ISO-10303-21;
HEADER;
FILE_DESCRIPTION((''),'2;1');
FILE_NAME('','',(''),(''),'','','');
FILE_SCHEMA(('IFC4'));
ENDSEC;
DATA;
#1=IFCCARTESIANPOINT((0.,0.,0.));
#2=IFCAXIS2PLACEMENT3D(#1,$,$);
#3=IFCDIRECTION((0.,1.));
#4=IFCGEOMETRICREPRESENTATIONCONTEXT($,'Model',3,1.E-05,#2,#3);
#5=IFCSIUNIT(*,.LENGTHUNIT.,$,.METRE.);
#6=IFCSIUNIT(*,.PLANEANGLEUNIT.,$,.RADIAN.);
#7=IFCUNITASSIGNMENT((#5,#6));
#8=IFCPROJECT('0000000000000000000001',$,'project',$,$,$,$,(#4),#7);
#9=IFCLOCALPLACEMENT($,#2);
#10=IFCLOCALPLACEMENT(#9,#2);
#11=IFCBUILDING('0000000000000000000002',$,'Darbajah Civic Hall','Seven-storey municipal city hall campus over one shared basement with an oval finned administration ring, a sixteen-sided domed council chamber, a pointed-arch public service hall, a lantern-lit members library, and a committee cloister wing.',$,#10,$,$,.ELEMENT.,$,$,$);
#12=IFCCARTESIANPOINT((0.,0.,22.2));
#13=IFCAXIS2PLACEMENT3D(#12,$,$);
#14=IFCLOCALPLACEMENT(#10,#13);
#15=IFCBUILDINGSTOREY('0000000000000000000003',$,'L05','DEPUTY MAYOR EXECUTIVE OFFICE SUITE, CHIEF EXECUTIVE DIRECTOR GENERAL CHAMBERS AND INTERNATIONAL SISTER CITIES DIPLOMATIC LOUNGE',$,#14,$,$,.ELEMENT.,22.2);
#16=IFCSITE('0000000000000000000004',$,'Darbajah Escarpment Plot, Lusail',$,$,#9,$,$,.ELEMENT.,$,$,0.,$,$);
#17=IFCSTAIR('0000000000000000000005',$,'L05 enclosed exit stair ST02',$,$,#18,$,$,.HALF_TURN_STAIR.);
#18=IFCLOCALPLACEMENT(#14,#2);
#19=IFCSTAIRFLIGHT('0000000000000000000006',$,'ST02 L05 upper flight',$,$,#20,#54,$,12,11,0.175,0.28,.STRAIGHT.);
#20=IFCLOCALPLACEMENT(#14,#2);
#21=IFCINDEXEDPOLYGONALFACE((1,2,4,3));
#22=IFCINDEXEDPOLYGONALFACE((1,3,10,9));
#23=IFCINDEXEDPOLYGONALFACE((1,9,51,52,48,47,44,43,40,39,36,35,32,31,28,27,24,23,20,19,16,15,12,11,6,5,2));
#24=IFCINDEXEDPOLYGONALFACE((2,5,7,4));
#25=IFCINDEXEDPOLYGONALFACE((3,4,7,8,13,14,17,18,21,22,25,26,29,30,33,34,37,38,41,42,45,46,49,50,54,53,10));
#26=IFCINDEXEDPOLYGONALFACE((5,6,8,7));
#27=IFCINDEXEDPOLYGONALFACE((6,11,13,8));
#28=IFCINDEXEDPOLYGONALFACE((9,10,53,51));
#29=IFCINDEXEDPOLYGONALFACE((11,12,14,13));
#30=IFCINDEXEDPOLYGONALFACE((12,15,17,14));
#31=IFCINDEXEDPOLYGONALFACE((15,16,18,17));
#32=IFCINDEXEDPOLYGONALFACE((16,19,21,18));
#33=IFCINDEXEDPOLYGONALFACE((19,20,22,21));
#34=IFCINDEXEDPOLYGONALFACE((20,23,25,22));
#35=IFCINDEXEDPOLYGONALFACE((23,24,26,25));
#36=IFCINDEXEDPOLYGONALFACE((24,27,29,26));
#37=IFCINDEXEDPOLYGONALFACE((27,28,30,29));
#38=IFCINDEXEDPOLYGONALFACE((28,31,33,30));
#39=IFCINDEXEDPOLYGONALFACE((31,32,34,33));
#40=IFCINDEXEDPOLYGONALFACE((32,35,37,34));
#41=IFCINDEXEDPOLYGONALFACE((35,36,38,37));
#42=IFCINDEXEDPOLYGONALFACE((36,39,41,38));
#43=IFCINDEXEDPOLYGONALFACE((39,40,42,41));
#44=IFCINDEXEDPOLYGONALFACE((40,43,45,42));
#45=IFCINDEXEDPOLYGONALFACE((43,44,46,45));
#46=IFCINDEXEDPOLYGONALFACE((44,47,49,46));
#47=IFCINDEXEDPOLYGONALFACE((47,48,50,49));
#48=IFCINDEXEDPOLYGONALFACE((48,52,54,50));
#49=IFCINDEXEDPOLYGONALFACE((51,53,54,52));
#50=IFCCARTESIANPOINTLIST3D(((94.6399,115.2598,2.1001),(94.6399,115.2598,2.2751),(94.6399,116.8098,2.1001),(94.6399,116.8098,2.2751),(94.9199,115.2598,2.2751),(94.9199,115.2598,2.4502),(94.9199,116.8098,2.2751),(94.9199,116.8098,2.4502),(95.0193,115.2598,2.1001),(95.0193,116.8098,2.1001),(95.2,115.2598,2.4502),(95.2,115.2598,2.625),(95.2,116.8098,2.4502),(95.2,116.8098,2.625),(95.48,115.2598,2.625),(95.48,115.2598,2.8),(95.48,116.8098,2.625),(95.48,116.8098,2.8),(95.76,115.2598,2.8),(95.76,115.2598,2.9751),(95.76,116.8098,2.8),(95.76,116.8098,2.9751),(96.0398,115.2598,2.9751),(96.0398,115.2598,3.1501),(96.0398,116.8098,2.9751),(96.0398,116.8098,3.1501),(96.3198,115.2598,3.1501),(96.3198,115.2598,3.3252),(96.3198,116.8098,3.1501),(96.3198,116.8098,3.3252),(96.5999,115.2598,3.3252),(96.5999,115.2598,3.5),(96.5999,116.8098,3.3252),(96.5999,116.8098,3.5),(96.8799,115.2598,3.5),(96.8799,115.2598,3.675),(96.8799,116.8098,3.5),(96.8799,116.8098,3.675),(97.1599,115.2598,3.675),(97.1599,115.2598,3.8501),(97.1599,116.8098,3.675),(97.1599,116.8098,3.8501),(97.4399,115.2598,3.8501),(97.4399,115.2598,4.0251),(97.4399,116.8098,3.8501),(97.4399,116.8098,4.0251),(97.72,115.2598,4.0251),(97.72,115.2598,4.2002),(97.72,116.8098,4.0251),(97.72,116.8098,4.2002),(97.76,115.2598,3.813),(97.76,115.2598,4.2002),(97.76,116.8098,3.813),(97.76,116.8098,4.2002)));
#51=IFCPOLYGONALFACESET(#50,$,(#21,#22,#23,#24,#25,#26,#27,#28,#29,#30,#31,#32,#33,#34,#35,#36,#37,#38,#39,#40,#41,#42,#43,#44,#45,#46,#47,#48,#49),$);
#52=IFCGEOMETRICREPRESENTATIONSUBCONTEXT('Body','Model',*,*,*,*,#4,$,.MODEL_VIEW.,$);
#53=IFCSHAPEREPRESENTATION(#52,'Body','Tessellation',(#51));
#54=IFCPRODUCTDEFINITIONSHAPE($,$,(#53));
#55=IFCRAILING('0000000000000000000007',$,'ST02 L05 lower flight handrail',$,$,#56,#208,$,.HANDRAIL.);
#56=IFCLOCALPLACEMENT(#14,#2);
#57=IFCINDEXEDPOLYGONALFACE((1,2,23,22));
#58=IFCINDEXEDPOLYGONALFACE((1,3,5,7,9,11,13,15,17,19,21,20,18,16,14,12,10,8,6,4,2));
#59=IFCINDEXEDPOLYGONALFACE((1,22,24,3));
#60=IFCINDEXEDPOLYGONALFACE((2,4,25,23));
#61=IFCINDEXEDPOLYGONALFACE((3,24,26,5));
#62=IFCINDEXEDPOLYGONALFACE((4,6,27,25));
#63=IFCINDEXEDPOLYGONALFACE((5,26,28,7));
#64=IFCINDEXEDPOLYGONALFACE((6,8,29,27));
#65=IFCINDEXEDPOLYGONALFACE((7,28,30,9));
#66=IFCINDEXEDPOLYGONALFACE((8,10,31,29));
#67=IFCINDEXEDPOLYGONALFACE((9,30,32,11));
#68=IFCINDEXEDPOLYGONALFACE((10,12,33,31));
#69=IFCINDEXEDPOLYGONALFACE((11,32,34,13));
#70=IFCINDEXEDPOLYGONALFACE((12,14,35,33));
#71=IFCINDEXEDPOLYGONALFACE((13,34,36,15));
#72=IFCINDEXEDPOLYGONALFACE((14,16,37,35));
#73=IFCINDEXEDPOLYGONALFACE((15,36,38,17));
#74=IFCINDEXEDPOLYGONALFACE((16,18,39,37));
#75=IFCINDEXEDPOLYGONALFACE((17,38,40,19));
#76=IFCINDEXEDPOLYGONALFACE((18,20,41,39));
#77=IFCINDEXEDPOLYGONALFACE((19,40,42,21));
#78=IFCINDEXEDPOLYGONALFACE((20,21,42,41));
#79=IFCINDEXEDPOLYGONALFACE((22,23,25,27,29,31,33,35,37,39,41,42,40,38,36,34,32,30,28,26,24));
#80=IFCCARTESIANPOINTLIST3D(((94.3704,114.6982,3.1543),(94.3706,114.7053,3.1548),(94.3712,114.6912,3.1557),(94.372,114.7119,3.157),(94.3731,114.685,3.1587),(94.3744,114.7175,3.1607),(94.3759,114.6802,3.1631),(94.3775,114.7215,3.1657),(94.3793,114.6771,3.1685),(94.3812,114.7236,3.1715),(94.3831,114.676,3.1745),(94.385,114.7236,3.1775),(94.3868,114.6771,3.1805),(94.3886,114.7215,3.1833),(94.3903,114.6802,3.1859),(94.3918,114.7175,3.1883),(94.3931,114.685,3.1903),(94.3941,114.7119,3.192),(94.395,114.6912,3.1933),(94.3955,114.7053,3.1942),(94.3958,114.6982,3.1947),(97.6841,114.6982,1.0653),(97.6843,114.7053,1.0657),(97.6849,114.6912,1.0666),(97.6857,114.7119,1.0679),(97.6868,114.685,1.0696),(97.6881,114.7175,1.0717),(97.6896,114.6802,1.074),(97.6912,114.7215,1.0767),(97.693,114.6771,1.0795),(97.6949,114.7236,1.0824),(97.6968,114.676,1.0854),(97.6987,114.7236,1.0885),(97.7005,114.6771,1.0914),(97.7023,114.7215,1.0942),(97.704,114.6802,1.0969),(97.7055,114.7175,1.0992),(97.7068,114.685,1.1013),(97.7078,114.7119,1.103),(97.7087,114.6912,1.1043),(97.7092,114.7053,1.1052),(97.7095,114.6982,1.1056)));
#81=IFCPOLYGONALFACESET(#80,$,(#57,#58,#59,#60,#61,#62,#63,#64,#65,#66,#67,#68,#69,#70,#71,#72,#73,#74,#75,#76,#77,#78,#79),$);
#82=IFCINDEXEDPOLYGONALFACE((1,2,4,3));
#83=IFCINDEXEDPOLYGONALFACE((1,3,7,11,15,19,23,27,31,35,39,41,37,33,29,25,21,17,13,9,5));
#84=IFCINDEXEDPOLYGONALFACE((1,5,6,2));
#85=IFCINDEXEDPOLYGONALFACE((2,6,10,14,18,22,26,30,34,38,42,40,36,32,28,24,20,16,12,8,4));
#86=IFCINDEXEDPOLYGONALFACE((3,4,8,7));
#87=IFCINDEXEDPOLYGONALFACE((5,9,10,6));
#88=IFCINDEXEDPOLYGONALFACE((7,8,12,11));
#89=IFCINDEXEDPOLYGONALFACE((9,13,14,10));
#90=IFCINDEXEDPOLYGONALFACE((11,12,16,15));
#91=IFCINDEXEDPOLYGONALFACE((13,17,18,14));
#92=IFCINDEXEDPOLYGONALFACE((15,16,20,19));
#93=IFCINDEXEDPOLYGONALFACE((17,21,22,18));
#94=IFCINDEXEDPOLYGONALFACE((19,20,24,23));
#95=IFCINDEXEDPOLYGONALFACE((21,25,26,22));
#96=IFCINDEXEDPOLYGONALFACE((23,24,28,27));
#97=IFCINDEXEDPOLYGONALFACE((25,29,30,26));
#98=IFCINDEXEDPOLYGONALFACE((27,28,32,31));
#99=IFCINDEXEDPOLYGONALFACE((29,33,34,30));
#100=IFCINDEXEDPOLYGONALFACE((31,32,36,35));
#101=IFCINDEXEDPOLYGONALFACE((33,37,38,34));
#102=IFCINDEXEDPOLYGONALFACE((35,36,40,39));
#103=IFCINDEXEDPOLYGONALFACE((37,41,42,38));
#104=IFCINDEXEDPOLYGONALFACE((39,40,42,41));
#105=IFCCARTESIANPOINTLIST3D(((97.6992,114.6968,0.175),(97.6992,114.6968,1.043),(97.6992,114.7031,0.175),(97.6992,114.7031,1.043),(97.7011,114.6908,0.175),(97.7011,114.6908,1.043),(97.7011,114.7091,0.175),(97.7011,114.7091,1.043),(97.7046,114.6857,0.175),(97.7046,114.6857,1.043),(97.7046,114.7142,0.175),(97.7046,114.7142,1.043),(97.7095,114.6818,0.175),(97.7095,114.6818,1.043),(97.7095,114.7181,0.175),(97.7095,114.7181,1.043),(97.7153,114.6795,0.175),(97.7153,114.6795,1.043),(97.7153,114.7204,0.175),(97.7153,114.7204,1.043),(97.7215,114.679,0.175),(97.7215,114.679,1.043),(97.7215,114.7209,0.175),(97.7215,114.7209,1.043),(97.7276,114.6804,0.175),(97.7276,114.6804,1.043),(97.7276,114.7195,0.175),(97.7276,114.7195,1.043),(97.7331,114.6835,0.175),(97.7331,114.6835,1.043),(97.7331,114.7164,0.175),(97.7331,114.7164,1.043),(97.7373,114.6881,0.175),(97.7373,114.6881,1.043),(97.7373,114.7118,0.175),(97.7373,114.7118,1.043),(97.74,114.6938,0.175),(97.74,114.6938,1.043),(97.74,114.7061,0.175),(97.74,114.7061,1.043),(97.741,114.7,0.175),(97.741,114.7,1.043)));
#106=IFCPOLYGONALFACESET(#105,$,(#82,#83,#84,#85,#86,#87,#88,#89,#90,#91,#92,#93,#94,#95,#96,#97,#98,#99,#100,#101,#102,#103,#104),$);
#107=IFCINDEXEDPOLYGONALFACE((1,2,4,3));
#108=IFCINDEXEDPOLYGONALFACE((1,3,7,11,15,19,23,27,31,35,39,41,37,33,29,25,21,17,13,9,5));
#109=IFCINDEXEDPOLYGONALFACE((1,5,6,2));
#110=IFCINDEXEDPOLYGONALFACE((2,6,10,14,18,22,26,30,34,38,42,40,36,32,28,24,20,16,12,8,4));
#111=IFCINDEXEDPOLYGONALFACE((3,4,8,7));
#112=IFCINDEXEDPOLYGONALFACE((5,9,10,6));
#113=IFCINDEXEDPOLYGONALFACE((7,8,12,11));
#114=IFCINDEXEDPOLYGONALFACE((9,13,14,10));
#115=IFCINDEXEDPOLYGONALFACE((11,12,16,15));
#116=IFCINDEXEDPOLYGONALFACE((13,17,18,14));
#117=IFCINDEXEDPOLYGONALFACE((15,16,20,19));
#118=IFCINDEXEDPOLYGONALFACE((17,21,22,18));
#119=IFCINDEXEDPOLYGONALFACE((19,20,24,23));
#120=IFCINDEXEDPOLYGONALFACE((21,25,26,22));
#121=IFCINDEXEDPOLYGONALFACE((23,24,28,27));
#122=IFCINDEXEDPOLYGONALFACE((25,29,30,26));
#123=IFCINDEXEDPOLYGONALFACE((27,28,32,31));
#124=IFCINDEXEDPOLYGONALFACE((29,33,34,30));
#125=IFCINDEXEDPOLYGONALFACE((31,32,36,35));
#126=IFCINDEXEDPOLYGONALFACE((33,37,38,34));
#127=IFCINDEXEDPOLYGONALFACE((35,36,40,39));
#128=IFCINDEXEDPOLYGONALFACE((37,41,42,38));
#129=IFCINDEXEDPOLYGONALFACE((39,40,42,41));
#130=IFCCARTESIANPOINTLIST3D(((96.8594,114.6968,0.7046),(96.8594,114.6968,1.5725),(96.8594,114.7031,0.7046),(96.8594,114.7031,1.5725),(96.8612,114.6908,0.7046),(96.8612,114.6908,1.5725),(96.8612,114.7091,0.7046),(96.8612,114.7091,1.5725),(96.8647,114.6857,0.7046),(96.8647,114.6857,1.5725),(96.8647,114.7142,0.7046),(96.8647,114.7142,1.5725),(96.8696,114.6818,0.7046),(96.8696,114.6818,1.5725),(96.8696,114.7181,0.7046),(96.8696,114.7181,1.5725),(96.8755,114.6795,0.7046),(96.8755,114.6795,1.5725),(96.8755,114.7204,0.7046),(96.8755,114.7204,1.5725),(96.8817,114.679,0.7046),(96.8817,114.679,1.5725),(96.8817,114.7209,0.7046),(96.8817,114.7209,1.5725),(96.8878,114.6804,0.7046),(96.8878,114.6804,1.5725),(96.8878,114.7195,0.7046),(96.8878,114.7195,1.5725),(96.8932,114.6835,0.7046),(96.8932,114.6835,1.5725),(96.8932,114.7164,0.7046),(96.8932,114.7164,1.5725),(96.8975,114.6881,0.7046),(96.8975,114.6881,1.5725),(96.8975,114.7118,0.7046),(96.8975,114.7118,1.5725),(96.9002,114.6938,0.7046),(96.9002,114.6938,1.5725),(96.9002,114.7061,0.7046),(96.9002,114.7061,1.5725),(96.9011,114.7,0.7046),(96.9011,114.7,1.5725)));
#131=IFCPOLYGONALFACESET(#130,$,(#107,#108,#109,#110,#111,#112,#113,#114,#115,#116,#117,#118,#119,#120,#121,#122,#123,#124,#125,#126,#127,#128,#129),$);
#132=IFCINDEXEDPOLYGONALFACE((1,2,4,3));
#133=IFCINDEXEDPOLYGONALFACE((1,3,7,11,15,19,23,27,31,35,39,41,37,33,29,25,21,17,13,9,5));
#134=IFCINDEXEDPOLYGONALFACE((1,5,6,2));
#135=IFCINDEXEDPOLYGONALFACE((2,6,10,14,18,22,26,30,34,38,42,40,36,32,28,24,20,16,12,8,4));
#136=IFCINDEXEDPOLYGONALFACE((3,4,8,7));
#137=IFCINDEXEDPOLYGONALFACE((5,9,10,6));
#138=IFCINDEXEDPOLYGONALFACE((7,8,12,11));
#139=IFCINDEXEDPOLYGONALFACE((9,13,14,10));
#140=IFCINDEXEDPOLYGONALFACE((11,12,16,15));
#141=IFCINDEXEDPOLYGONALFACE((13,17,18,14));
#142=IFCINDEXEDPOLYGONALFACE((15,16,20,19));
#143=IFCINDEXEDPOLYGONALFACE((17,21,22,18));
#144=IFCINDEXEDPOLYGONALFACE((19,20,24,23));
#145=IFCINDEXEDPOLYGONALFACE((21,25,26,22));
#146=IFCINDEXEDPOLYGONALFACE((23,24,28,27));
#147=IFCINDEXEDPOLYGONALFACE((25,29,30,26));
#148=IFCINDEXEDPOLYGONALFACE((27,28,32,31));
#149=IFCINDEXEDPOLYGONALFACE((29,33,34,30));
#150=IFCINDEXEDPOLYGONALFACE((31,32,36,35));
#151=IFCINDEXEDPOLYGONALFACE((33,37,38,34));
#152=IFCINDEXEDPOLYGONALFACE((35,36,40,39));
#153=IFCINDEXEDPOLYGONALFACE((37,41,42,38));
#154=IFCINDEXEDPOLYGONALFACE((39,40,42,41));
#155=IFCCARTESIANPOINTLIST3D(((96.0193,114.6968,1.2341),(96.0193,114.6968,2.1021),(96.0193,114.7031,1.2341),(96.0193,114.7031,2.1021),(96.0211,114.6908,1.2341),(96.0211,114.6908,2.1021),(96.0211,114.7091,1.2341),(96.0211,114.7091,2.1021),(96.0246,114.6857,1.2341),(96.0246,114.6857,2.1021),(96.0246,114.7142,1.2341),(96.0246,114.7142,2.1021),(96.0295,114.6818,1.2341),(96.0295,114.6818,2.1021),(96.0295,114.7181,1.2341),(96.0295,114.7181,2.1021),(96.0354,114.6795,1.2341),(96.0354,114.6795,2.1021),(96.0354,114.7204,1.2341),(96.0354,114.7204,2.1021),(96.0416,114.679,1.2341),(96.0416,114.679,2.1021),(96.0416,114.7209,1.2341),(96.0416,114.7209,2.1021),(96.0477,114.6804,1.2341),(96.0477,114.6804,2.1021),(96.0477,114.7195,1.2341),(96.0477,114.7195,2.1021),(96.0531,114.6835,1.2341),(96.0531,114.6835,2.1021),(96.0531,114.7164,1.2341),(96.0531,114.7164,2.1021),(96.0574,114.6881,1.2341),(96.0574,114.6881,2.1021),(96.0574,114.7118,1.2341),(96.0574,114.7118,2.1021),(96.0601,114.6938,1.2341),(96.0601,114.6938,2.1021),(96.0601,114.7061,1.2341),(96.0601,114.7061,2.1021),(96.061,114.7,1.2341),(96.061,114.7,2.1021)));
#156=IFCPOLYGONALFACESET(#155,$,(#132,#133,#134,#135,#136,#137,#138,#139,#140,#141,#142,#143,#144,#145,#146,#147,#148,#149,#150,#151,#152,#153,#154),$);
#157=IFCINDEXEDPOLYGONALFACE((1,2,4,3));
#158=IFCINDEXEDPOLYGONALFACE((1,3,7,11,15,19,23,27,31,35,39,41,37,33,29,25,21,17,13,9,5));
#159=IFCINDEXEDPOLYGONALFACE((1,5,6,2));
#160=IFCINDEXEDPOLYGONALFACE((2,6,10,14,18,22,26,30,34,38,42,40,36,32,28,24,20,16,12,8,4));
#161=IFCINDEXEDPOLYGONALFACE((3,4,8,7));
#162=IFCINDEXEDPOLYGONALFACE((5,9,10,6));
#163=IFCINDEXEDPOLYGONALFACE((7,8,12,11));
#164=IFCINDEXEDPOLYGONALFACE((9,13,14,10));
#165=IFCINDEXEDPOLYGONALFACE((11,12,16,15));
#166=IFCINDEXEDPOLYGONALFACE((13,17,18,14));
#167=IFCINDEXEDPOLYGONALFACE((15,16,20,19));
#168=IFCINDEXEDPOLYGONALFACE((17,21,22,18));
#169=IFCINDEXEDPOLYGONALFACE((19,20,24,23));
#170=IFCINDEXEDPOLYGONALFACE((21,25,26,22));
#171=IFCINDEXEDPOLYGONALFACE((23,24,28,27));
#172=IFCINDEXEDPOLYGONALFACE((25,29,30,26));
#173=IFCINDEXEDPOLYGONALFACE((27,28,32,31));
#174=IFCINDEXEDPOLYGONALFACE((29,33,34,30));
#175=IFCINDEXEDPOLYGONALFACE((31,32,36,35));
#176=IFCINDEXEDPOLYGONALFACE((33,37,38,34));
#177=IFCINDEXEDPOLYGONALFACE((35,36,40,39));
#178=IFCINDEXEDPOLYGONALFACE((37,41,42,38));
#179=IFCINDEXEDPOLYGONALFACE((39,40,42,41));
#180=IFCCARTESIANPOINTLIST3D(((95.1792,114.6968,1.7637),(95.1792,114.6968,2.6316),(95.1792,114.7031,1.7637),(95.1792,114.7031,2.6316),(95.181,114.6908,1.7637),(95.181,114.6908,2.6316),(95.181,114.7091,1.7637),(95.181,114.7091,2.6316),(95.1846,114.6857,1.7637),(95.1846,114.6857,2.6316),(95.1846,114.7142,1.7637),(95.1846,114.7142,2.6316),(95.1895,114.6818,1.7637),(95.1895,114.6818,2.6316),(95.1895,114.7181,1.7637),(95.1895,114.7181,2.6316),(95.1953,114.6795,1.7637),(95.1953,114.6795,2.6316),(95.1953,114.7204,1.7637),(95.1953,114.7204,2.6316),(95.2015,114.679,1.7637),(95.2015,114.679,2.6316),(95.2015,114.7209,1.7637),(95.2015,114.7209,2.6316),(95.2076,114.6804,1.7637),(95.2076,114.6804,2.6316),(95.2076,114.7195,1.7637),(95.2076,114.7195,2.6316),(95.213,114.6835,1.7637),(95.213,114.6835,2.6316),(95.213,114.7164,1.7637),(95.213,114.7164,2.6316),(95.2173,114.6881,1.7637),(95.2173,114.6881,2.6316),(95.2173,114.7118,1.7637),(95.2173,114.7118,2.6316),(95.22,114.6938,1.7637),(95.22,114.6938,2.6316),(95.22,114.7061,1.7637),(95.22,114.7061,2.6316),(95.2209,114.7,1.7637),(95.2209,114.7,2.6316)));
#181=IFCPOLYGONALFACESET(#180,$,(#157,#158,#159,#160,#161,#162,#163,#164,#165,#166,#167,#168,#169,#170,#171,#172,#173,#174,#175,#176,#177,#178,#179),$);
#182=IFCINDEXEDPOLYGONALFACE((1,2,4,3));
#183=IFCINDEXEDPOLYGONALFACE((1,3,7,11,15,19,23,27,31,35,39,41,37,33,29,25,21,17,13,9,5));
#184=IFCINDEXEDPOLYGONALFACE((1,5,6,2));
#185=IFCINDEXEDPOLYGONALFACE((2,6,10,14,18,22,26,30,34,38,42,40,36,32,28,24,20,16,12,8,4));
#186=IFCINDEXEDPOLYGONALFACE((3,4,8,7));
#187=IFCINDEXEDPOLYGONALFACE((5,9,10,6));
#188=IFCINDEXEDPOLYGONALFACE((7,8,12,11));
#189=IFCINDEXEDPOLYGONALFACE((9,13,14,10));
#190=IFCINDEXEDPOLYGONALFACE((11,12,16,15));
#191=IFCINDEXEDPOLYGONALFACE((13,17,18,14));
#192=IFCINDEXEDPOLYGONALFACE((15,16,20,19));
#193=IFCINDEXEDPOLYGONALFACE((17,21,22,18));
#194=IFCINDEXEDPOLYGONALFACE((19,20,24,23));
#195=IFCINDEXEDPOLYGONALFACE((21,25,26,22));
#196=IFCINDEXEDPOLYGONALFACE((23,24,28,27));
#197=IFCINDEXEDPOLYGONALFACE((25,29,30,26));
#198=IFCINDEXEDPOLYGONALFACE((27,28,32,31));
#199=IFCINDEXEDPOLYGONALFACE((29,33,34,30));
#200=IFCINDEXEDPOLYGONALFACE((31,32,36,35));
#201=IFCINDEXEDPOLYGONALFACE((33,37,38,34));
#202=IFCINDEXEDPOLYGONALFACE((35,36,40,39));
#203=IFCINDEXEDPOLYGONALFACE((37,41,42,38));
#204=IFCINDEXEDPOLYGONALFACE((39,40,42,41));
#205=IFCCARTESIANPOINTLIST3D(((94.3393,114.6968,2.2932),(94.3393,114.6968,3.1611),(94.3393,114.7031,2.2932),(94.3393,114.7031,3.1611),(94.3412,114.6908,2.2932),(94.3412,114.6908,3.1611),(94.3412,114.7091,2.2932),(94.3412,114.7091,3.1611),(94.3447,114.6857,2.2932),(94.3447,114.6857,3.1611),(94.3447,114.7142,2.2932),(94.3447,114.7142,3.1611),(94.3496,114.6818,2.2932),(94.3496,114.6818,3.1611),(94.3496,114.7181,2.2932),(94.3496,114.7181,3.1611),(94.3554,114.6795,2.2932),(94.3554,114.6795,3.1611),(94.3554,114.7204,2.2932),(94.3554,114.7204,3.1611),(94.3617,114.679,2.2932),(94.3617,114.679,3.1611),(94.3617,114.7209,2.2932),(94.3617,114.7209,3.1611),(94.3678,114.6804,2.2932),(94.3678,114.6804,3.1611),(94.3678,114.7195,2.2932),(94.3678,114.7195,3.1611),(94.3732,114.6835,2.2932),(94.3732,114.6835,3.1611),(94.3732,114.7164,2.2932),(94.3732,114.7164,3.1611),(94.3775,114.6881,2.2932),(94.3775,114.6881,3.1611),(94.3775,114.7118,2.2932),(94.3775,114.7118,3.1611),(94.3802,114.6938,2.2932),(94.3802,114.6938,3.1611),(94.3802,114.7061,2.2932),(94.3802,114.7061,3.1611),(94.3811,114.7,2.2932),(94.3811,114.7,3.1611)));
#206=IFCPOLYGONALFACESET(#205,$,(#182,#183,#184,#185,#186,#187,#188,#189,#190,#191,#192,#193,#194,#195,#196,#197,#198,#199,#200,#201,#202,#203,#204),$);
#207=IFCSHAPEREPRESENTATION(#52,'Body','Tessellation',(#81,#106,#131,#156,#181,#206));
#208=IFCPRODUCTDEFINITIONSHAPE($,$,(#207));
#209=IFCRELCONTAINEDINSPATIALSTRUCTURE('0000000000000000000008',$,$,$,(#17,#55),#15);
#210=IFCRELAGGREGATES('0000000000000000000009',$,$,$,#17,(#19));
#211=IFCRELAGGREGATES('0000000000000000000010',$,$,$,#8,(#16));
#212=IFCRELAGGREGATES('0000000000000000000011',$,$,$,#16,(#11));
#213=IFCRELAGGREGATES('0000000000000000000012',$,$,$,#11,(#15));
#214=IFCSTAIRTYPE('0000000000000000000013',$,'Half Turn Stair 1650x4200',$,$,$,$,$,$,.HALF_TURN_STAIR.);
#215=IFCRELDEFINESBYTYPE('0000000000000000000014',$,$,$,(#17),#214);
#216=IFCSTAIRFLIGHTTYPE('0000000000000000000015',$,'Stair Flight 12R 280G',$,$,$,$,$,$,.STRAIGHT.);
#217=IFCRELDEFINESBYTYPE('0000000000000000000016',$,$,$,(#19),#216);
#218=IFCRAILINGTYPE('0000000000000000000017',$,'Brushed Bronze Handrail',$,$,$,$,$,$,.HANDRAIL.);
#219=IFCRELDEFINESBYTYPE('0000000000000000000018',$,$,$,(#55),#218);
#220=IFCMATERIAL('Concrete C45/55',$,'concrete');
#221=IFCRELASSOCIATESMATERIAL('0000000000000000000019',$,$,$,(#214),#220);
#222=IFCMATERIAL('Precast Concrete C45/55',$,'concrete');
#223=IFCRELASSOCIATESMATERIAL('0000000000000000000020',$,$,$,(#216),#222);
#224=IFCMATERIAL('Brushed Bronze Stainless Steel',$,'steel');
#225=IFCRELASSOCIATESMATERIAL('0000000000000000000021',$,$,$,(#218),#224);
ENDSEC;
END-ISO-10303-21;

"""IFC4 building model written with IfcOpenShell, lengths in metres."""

from ifc_helpers import new_model, si_unit, direction, frame, origin, origin_2d, place, context, subcontext, project, spatial, polyline, circle, outline, extrude, material, type_object, element, aggregate, save


model = new_model("IFC4")

# Units and contexts
model_context = context("Model", 3, precision=1e-05, world=origin(), true_north=direction((0.0, 1.0)))
body_context = subcontext(model_context, "Body", "Model", "MODEL_VIEW")
ifc_project = project(units=[si_unit("LENGTHUNIT", "METRE"), si_unit("PLANEANGLEUNIT", "RADIAN")], contexts=[model_context])

# Site, building, storey
site_placement = place(None, origin())
site = spatial("IfcSite", under=ifc_project, at=site_placement, Name="Darbajah Escarpment Plot, Lusail", CompositionType="ELEMENT", RefElevation=0.0)
building_placement = place(site_placement, origin())
building = spatial("IfcBuilding", under=site, at=building_placement, Name="Darbajah Civic Hall", Description="Seven-storey municipal city hall campus over one shared basement with an oval finned administration ring, a sixteen-sided domed council chamber, a pointed-arch public service hall, a lantern-lit members library, and a committee cloister wing.", CompositionType="ELEMENT")
storey_placement = place(building_placement, frame((0.0, 0.0, 22.2)))
storey = spatial("IfcBuildingStorey", under=building, at=storey_placement, Name="L05", Description="DEPUTY MAYOR EXECUTIVE OFFICE SUITE, CHIEF EXECUTIVE DIRECTOR GENERAL CHAMBERS AND INTERNATIONAL SISTER CITIES DIPLOMATIC LOUNGE", CompositionType="ELEMENT", Elevation=22.2)

# Shared definitions
ifc_material_1 = material(Name="Concrete C45/55", Category="concrete")

# Stair, stair flight
stair_type = type_object("IfcStairType", Name="Half Turn Stair 1650x4200", PredefinedType="HALF_TURN_STAIR", material=ifc_material_1)
stair_placement = place(storey_placement, origin())
stair = element("IfcStair", 1, at=stair_placement, inside=storey, type_object=stair_type, Name="L05 enclosed exit stair ST02", PredefinedType="HALF_TURN_STAIR")
ifc_material_2 = material(Name="Precast Concrete C45/55", Category="concrete")
stair_flight_type = type_object("IfcStairFlightType", Name="Stair Flight 12R 280G", PredefinedType="STRAIGHT", material=ifc_material_2)
stair_flight_1_placement = place(storey_placement, frame((94.6399, 116.0349, 2.1001), z_axis=(0.0, 0.0, 1.0), x_axis=(1.0, 0.0, 0.0)))
stair_flight_1 = element("IfcStairFlight", 2, at=stair_flight_1_placement, type_object=stair_flight_type, Name="ST02 L05 upper flight", NumberOfRisers=12, NumberOfTreads=11, PredefinedType="STRAIGHT", RiserHeight=0.175, TreadLength=0.28, context=body_context, shape_type="SweptSolid", body=[
    extrude(outline(polyline([(0.0, 0.0), (0.0, 0.175), (0.28, 0.175), (0.28, 0.3501), (0.5601, 0.3501), (0.5601, 0.5249), (0.8401, 0.5249), (0.8401, 0.7), (1.1201, 0.7), (1.1201, 0.875), (1.3999, 0.875), (1.3999, 1.05), (1.6799, 1.05), (1.6799, 1.2251), (1.96, 1.2251), (1.96, 1.3999), (2.24, 1.3999), (2.24, 1.575), (2.52, 1.575), (2.52, 1.75), (2.8, 1.75), (2.8, 1.925), (3.0801, 1.925), (3.0801, 2.1001), (3.1201, 2.1001), (3.1201, 1.7129), (0.3794, 0.0), (0.0, 0.0)])), frame((0.0, 0.7749, 0.0), z_axis=(0.0, -1.0, 0.0), x_axis=(1.0, 0.0, 0.0)), (0.0, 0.0, 1.0), 1.55),
])
aggregate(stair, [stair_flight_1])

# Railing
ifc_material_3 = material(Name="Brushed Bronze Stainless Steel", Category="steel")
railing_type_1 = type_object("IfcRailingType", Name="Brushed Bronze Handrail", PredefinedType="HANDRAIL", material=ifc_material_3)
railing_1_placement = place(storey_placement, frame((97.72, 114.7, 0.175)))
element("IfcRailing", 3, at=railing_1_placement, inside=storey, type_object=railing_type_1, Name="ST02 L05 lower flight handrail", PredefinedType="HANDRAIL", context=body_context, shape_type="SweptSolid", body=[
    extrude(circle(Radius=0.0239, at=origin_2d()), frame((-0.0232, 0.0, 0.9104), z_axis=(-0.845927, 0.0, 0.533299), x_axis=(0.0, -1.0, 0.0)), (0.0, 0.0, 1.0), 3.9172),
    extrude(circle(Radius=0.021, at=origin_2d()), origin(), (0.0, 0.0, 1.0), 0.8679),
    extrude(circle(Radius=0.021, at=origin_2d()), frame((-0.8398, 0.0, 0.5295)), (0.0, 0.0, 1.0), 0.8679),
    extrude(circle(Radius=0.021, at=origin_2d()), frame((-1.6799, 0.0, 1.0591)), (0.0, 0.0, 1.0), 0.8679),
    extrude(circle(Radius=0.021, at=origin_2d()), frame((-2.52, 0.0, 1.5886)), (0.0, 0.0, 1.0), 0.8679),
    extrude(circle(Radius=0.021, at=origin_2d()), frame((-3.3599, 0.0, 2.1182)), (0.0, 0.0, 1.0), 0.8679),
])

save(model, "model.ifc")
